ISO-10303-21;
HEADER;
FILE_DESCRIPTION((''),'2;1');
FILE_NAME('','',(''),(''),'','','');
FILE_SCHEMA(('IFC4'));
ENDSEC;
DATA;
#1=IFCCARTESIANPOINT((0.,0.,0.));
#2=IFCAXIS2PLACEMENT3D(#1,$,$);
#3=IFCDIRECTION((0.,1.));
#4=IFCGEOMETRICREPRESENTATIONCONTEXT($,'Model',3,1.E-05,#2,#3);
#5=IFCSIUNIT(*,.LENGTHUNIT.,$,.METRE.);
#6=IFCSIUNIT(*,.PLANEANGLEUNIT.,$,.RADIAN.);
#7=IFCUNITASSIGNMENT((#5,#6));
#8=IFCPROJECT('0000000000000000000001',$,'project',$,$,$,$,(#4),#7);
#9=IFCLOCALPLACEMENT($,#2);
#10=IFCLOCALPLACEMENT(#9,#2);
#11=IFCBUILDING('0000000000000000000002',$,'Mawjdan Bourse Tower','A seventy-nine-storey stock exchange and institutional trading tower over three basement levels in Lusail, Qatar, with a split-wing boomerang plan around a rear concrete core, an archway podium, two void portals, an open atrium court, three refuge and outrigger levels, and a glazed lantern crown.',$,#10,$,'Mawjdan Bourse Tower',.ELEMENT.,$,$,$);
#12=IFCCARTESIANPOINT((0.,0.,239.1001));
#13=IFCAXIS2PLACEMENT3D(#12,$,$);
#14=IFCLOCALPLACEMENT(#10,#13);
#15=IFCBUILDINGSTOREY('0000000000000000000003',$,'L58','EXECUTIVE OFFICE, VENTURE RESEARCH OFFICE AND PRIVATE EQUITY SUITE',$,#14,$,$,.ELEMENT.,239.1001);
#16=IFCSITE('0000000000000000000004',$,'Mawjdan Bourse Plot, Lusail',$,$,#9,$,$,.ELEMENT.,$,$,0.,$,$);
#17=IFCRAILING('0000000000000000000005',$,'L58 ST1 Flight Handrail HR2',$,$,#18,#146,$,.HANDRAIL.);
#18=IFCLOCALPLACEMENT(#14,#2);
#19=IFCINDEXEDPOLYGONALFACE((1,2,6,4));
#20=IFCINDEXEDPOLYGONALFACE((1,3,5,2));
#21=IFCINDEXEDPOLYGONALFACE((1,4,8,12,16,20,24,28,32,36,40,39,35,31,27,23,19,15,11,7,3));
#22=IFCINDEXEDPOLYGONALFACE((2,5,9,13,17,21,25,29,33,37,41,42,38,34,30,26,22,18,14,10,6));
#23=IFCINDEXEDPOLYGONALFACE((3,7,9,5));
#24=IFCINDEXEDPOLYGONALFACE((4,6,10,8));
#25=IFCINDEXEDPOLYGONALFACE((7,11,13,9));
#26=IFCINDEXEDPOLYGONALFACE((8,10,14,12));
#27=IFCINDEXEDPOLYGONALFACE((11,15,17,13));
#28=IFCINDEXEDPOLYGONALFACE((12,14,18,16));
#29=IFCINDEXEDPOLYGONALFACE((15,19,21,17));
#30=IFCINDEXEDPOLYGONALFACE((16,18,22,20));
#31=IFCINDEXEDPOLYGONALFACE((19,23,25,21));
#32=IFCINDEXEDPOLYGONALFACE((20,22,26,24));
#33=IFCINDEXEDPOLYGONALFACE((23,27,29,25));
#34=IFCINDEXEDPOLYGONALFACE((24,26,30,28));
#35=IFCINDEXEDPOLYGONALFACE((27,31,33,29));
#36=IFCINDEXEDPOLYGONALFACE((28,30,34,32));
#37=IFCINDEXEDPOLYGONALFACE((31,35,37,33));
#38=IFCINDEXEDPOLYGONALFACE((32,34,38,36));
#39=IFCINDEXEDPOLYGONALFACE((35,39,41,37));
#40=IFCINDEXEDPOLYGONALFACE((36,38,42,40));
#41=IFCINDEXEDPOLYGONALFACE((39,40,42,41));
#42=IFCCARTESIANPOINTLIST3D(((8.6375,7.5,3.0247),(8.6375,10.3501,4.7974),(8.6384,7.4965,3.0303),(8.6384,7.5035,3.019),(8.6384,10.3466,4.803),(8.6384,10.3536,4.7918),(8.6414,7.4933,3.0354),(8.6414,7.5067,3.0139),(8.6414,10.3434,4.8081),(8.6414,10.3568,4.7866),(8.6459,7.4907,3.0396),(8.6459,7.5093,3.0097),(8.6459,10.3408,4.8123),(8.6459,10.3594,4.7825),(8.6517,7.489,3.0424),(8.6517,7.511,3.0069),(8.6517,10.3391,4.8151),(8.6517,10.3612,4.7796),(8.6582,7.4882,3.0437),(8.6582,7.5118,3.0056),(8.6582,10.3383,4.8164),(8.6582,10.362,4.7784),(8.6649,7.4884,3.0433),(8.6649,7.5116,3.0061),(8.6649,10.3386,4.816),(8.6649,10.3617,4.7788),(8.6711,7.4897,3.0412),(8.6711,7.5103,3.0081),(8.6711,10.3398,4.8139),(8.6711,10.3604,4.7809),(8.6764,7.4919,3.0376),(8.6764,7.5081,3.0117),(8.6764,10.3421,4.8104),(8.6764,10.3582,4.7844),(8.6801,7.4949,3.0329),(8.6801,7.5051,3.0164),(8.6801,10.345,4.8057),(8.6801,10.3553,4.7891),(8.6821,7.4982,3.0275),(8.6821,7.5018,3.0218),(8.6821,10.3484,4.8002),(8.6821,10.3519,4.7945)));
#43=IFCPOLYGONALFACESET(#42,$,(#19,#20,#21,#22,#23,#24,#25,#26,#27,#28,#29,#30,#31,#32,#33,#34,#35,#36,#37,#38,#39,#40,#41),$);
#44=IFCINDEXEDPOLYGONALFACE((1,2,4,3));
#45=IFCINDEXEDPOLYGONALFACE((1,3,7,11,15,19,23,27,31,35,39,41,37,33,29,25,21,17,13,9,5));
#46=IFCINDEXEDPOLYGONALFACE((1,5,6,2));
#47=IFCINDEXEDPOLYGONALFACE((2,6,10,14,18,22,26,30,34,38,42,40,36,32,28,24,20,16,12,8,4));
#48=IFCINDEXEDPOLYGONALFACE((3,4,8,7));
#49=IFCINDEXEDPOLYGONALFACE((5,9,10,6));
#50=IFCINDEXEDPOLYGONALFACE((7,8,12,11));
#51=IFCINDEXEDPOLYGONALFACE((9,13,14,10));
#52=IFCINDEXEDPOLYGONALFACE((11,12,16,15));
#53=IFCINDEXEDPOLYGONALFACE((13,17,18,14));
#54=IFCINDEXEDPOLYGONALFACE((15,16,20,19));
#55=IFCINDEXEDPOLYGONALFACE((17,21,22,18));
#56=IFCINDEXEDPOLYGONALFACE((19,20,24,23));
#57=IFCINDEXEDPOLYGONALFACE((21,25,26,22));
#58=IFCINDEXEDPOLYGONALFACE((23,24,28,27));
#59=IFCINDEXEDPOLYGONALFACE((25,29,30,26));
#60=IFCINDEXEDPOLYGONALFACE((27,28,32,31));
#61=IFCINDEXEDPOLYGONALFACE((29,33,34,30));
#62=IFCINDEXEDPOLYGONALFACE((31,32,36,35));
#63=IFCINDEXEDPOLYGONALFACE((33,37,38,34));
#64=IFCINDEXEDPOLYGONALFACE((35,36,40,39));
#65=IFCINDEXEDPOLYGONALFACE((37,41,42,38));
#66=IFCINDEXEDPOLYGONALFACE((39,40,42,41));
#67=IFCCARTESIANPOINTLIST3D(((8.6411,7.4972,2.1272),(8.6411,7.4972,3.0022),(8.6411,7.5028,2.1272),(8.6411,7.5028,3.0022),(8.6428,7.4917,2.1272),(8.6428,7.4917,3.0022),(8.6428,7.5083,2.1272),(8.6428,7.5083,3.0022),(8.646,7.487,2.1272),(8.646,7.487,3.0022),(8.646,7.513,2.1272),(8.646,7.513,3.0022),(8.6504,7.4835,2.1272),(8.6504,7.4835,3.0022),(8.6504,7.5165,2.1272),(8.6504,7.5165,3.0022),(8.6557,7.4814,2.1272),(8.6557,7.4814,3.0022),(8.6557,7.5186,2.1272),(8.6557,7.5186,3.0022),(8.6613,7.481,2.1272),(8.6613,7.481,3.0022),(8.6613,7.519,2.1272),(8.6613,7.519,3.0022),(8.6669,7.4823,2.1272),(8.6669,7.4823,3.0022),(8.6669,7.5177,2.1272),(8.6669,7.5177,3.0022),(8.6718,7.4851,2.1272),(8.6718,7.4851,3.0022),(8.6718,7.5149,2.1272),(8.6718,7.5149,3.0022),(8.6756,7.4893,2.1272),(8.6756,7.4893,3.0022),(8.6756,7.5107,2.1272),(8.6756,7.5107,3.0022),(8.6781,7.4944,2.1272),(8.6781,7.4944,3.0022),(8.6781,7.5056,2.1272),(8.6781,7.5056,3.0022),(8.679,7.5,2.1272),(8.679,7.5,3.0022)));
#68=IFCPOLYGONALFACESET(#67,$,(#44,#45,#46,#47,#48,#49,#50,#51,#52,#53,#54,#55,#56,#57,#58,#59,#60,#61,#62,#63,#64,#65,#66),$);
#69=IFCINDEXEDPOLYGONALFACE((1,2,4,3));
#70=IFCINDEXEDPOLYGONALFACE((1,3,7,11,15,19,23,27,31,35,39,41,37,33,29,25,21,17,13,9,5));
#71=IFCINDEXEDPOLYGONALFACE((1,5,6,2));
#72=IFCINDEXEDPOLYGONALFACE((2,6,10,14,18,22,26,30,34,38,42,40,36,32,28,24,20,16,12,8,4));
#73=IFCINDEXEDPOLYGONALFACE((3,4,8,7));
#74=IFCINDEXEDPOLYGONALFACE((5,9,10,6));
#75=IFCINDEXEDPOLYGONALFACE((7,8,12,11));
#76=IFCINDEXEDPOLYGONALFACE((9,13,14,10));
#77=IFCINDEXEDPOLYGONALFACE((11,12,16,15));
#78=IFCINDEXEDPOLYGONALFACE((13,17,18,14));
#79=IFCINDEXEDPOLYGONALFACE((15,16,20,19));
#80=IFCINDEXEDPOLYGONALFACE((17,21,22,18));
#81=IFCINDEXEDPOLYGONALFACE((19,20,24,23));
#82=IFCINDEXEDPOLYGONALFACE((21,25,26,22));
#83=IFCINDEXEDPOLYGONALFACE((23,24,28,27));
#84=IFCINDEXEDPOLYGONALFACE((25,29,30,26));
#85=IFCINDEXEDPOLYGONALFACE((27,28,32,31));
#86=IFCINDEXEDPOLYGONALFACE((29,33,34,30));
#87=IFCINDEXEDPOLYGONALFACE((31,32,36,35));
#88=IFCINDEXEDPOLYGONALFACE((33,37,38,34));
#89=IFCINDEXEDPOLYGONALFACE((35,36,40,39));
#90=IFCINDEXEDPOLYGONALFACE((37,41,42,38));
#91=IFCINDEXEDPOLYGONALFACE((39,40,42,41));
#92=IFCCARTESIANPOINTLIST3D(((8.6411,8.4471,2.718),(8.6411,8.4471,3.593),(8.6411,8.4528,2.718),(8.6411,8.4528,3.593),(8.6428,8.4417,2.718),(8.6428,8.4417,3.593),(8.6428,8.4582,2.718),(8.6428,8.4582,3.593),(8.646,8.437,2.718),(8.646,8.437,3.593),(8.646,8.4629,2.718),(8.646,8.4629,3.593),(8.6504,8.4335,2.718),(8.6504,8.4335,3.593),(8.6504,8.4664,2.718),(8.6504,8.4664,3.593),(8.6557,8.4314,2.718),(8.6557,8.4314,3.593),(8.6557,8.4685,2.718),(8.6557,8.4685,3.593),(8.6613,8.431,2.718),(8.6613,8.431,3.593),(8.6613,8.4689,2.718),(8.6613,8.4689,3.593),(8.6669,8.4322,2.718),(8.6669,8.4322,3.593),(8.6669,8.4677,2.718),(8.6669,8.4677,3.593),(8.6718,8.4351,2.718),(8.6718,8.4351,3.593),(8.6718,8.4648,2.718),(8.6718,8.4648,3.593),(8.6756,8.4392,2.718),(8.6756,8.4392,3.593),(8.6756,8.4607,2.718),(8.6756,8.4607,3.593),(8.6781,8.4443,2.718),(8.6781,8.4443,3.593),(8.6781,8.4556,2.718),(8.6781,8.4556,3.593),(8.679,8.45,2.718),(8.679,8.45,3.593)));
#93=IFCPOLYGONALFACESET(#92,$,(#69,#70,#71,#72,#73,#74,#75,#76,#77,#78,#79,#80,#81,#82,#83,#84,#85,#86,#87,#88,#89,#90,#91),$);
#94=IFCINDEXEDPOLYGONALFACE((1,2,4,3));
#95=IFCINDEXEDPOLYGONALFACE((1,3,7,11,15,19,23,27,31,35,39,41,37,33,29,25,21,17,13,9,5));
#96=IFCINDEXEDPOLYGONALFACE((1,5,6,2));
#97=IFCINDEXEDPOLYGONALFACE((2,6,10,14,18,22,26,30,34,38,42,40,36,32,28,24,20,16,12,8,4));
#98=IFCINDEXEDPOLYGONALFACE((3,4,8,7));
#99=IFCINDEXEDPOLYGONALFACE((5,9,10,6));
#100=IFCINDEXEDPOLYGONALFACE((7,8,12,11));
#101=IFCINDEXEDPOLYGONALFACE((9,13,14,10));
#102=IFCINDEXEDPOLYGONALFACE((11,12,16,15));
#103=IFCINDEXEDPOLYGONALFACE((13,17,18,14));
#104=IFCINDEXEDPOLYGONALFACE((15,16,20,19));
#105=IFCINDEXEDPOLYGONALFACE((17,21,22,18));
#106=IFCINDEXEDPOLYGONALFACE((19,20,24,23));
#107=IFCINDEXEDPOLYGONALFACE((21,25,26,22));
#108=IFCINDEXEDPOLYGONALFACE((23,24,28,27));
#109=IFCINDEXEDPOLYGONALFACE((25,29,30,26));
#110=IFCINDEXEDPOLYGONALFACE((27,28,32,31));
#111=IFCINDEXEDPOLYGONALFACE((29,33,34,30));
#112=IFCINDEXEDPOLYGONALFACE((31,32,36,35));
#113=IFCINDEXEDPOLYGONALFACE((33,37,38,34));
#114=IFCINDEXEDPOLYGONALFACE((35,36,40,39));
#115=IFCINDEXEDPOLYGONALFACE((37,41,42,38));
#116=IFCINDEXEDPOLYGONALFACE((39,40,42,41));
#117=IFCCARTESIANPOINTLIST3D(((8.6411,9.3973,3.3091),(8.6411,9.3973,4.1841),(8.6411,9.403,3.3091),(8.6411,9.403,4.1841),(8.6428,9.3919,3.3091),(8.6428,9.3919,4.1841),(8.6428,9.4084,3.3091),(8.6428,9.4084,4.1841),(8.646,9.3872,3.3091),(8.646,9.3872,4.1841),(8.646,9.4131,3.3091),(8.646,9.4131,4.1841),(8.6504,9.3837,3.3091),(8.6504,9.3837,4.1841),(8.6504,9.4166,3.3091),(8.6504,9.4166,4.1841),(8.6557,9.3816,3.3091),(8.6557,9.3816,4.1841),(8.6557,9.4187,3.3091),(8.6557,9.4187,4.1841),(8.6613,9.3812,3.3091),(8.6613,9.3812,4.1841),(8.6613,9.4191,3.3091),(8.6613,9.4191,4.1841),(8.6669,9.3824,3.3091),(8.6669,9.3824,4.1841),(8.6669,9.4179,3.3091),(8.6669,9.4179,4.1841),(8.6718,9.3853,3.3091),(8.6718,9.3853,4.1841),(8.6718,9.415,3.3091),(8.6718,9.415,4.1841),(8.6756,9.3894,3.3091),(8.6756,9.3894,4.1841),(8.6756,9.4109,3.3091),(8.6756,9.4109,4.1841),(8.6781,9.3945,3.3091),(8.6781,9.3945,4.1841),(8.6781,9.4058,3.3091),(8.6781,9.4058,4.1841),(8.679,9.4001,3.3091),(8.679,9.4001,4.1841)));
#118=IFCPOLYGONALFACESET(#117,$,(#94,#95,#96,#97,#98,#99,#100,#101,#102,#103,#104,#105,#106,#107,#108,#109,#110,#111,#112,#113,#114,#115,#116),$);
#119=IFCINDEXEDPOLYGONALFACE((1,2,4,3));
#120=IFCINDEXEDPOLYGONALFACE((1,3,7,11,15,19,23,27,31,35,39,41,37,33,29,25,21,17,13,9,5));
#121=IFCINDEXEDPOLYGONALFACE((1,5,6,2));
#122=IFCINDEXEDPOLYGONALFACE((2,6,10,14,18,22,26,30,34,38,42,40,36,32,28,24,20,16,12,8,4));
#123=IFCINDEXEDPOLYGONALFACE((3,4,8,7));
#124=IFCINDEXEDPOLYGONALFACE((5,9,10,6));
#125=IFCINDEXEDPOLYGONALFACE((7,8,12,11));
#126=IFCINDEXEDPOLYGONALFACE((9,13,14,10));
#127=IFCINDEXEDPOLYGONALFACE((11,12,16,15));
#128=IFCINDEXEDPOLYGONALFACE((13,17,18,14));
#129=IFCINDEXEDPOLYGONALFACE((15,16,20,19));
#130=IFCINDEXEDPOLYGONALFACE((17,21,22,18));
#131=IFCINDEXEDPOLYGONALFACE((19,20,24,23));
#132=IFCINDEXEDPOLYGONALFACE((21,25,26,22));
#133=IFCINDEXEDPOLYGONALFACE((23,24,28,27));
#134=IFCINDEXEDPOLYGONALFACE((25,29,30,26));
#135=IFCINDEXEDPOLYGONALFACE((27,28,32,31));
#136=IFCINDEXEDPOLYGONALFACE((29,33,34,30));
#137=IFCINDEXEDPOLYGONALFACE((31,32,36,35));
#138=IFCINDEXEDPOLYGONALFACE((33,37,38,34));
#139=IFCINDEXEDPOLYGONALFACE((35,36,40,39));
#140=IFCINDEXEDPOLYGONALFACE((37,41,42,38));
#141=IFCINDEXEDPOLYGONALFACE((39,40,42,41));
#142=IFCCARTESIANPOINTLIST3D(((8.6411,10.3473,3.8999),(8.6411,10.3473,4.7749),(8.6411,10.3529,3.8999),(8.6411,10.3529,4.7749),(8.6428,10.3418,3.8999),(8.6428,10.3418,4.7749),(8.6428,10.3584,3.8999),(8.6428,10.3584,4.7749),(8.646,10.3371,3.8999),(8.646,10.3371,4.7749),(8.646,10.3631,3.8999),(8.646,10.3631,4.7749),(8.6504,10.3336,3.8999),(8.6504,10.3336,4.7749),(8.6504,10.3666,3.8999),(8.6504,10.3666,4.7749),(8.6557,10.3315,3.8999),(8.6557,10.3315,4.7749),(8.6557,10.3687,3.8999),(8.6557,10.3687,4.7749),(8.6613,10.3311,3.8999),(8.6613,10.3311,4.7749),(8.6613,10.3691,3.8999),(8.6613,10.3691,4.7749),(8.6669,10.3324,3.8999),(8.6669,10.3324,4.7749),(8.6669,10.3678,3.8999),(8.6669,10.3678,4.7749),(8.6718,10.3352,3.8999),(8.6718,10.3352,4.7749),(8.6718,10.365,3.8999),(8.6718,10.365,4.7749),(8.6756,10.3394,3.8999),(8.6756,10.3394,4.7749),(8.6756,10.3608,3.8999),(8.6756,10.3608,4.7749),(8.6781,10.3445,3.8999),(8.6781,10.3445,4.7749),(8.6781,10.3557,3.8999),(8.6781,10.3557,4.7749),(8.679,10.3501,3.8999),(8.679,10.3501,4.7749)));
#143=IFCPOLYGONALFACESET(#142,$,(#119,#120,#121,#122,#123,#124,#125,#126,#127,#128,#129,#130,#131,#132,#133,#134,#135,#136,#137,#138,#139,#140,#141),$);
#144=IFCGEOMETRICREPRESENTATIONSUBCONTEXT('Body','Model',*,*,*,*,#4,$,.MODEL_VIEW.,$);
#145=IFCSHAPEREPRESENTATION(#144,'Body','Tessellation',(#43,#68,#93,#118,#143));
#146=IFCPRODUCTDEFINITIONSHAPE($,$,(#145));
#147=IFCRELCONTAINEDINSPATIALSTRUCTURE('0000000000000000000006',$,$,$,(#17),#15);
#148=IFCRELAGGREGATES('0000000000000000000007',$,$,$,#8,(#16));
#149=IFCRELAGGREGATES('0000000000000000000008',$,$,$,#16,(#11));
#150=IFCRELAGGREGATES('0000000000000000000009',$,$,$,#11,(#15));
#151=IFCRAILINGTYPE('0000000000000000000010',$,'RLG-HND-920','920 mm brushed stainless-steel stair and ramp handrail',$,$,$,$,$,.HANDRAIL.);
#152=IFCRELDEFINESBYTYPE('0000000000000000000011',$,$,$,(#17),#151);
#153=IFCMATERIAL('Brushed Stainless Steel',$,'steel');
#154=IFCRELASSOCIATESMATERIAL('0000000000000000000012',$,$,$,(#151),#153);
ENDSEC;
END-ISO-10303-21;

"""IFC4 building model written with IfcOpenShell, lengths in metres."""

from ifc_helpers import new_model, si_unit, direction, frame, origin, origin_2d, place, context, subcontext, project, spatial, circle, extrude, material, type_object, element, save


model = new_model("IFC4")

# Units and contexts
model_context = context("Model", 3, precision=1e-05, world=origin(), true_north=direction((0.0, 1.0)))
body_context = subcontext(model_context, "Body", "Model", "MODEL_VIEW")
ifc_project = project(units=[si_unit("LENGTHUNIT", "METRE"), si_unit("PLANEANGLEUNIT", "RADIAN")], contexts=[model_context])

# Site, building, storey
site_placement = place(None, origin())
site = spatial("IfcSite", under=ifc_project, at=site_placement, Name="Mawjdan Bourse Plot, Lusail", CompositionType="ELEMENT", RefElevation=0.0)
building_placement = place(site_placement, origin())
building = spatial("IfcBuilding", under=site, at=building_placement, Name="Mawjdan Bourse Tower", Description="A seventy-nine-storey stock exchange and institutional trading tower over three basement levels in Lusail, Qatar, with a split-wing boomerang plan around a rear concrete core, an archway podium, two void portals, an open atrium court, three refuge and outrigger levels, and a glazed lantern crown.", LongName="Mawjdan Bourse Tower", CompositionType="ELEMENT")
storey_placement = place(building_placement, frame((0.0, 0.0, 239.1001)))
storey = spatial("IfcBuildingStorey", under=building, at=storey_placement, Name="L58", Description="EXECUTIVE OFFICE, VENTURE RESEARCH OFFICE AND PRIVATE EQUITY SUITE", CompositionType="ELEMENT", Elevation=239.1001)

# Shared definitions
ifc_material_1 = material(Name="Brushed Stainless Steel", Category="steel")

# Railing
railing_type_1 = type_object("IfcRailingType", Name="RLG-HND-920", Description="920 mm brushed stainless-steel stair and ramp handrail", PredefinedType="HANDRAIL", material=ifc_material_1)
railing_1_placement = place(storey_placement, frame((8.6599, 7.5, 2.1272)))
element("IfcRailing", 1, at=railing_1_placement, inside=storey, type_object=railing_type_1, Name="L58 ST1 Flight Handrail HR2", PredefinedType="HANDRAIL", context=body_context, shape_type="SweptSolid", body=[
    extrude(circle(Radius=0.0225, at=origin_2d()), frame((0.0, 0.0, 0.8975), z_axis=(0.0, 0.849149, 0.528154), x_axis=(-1.0, 0.0, 0.0)), (0.0, 0.0, 1.0), 3.3564),
    extrude(circle(Radius=0.019, at=origin_2d()), origin(), (0.0, 0.0, 1.0), 0.875),
    extrude(circle(Radius=0.019, at=origin_2d()), frame((0.0, 0.95, 0.5908)), (0.0, 0.0, 1.0), 0.875),
    extrude(circle(Radius=0.019, at=origin_2d()), frame((0.0, 1.9001, 1.1819)), (0.0, 0.0, 1.0), 0.875),
    extrude(circle(Radius=0.019, at=origin_2d()), frame((0.0, 2.8501, 1.7727)), (0.0, 0.0, 1.0), 0.875),
])

save(model, "model.ifc")
